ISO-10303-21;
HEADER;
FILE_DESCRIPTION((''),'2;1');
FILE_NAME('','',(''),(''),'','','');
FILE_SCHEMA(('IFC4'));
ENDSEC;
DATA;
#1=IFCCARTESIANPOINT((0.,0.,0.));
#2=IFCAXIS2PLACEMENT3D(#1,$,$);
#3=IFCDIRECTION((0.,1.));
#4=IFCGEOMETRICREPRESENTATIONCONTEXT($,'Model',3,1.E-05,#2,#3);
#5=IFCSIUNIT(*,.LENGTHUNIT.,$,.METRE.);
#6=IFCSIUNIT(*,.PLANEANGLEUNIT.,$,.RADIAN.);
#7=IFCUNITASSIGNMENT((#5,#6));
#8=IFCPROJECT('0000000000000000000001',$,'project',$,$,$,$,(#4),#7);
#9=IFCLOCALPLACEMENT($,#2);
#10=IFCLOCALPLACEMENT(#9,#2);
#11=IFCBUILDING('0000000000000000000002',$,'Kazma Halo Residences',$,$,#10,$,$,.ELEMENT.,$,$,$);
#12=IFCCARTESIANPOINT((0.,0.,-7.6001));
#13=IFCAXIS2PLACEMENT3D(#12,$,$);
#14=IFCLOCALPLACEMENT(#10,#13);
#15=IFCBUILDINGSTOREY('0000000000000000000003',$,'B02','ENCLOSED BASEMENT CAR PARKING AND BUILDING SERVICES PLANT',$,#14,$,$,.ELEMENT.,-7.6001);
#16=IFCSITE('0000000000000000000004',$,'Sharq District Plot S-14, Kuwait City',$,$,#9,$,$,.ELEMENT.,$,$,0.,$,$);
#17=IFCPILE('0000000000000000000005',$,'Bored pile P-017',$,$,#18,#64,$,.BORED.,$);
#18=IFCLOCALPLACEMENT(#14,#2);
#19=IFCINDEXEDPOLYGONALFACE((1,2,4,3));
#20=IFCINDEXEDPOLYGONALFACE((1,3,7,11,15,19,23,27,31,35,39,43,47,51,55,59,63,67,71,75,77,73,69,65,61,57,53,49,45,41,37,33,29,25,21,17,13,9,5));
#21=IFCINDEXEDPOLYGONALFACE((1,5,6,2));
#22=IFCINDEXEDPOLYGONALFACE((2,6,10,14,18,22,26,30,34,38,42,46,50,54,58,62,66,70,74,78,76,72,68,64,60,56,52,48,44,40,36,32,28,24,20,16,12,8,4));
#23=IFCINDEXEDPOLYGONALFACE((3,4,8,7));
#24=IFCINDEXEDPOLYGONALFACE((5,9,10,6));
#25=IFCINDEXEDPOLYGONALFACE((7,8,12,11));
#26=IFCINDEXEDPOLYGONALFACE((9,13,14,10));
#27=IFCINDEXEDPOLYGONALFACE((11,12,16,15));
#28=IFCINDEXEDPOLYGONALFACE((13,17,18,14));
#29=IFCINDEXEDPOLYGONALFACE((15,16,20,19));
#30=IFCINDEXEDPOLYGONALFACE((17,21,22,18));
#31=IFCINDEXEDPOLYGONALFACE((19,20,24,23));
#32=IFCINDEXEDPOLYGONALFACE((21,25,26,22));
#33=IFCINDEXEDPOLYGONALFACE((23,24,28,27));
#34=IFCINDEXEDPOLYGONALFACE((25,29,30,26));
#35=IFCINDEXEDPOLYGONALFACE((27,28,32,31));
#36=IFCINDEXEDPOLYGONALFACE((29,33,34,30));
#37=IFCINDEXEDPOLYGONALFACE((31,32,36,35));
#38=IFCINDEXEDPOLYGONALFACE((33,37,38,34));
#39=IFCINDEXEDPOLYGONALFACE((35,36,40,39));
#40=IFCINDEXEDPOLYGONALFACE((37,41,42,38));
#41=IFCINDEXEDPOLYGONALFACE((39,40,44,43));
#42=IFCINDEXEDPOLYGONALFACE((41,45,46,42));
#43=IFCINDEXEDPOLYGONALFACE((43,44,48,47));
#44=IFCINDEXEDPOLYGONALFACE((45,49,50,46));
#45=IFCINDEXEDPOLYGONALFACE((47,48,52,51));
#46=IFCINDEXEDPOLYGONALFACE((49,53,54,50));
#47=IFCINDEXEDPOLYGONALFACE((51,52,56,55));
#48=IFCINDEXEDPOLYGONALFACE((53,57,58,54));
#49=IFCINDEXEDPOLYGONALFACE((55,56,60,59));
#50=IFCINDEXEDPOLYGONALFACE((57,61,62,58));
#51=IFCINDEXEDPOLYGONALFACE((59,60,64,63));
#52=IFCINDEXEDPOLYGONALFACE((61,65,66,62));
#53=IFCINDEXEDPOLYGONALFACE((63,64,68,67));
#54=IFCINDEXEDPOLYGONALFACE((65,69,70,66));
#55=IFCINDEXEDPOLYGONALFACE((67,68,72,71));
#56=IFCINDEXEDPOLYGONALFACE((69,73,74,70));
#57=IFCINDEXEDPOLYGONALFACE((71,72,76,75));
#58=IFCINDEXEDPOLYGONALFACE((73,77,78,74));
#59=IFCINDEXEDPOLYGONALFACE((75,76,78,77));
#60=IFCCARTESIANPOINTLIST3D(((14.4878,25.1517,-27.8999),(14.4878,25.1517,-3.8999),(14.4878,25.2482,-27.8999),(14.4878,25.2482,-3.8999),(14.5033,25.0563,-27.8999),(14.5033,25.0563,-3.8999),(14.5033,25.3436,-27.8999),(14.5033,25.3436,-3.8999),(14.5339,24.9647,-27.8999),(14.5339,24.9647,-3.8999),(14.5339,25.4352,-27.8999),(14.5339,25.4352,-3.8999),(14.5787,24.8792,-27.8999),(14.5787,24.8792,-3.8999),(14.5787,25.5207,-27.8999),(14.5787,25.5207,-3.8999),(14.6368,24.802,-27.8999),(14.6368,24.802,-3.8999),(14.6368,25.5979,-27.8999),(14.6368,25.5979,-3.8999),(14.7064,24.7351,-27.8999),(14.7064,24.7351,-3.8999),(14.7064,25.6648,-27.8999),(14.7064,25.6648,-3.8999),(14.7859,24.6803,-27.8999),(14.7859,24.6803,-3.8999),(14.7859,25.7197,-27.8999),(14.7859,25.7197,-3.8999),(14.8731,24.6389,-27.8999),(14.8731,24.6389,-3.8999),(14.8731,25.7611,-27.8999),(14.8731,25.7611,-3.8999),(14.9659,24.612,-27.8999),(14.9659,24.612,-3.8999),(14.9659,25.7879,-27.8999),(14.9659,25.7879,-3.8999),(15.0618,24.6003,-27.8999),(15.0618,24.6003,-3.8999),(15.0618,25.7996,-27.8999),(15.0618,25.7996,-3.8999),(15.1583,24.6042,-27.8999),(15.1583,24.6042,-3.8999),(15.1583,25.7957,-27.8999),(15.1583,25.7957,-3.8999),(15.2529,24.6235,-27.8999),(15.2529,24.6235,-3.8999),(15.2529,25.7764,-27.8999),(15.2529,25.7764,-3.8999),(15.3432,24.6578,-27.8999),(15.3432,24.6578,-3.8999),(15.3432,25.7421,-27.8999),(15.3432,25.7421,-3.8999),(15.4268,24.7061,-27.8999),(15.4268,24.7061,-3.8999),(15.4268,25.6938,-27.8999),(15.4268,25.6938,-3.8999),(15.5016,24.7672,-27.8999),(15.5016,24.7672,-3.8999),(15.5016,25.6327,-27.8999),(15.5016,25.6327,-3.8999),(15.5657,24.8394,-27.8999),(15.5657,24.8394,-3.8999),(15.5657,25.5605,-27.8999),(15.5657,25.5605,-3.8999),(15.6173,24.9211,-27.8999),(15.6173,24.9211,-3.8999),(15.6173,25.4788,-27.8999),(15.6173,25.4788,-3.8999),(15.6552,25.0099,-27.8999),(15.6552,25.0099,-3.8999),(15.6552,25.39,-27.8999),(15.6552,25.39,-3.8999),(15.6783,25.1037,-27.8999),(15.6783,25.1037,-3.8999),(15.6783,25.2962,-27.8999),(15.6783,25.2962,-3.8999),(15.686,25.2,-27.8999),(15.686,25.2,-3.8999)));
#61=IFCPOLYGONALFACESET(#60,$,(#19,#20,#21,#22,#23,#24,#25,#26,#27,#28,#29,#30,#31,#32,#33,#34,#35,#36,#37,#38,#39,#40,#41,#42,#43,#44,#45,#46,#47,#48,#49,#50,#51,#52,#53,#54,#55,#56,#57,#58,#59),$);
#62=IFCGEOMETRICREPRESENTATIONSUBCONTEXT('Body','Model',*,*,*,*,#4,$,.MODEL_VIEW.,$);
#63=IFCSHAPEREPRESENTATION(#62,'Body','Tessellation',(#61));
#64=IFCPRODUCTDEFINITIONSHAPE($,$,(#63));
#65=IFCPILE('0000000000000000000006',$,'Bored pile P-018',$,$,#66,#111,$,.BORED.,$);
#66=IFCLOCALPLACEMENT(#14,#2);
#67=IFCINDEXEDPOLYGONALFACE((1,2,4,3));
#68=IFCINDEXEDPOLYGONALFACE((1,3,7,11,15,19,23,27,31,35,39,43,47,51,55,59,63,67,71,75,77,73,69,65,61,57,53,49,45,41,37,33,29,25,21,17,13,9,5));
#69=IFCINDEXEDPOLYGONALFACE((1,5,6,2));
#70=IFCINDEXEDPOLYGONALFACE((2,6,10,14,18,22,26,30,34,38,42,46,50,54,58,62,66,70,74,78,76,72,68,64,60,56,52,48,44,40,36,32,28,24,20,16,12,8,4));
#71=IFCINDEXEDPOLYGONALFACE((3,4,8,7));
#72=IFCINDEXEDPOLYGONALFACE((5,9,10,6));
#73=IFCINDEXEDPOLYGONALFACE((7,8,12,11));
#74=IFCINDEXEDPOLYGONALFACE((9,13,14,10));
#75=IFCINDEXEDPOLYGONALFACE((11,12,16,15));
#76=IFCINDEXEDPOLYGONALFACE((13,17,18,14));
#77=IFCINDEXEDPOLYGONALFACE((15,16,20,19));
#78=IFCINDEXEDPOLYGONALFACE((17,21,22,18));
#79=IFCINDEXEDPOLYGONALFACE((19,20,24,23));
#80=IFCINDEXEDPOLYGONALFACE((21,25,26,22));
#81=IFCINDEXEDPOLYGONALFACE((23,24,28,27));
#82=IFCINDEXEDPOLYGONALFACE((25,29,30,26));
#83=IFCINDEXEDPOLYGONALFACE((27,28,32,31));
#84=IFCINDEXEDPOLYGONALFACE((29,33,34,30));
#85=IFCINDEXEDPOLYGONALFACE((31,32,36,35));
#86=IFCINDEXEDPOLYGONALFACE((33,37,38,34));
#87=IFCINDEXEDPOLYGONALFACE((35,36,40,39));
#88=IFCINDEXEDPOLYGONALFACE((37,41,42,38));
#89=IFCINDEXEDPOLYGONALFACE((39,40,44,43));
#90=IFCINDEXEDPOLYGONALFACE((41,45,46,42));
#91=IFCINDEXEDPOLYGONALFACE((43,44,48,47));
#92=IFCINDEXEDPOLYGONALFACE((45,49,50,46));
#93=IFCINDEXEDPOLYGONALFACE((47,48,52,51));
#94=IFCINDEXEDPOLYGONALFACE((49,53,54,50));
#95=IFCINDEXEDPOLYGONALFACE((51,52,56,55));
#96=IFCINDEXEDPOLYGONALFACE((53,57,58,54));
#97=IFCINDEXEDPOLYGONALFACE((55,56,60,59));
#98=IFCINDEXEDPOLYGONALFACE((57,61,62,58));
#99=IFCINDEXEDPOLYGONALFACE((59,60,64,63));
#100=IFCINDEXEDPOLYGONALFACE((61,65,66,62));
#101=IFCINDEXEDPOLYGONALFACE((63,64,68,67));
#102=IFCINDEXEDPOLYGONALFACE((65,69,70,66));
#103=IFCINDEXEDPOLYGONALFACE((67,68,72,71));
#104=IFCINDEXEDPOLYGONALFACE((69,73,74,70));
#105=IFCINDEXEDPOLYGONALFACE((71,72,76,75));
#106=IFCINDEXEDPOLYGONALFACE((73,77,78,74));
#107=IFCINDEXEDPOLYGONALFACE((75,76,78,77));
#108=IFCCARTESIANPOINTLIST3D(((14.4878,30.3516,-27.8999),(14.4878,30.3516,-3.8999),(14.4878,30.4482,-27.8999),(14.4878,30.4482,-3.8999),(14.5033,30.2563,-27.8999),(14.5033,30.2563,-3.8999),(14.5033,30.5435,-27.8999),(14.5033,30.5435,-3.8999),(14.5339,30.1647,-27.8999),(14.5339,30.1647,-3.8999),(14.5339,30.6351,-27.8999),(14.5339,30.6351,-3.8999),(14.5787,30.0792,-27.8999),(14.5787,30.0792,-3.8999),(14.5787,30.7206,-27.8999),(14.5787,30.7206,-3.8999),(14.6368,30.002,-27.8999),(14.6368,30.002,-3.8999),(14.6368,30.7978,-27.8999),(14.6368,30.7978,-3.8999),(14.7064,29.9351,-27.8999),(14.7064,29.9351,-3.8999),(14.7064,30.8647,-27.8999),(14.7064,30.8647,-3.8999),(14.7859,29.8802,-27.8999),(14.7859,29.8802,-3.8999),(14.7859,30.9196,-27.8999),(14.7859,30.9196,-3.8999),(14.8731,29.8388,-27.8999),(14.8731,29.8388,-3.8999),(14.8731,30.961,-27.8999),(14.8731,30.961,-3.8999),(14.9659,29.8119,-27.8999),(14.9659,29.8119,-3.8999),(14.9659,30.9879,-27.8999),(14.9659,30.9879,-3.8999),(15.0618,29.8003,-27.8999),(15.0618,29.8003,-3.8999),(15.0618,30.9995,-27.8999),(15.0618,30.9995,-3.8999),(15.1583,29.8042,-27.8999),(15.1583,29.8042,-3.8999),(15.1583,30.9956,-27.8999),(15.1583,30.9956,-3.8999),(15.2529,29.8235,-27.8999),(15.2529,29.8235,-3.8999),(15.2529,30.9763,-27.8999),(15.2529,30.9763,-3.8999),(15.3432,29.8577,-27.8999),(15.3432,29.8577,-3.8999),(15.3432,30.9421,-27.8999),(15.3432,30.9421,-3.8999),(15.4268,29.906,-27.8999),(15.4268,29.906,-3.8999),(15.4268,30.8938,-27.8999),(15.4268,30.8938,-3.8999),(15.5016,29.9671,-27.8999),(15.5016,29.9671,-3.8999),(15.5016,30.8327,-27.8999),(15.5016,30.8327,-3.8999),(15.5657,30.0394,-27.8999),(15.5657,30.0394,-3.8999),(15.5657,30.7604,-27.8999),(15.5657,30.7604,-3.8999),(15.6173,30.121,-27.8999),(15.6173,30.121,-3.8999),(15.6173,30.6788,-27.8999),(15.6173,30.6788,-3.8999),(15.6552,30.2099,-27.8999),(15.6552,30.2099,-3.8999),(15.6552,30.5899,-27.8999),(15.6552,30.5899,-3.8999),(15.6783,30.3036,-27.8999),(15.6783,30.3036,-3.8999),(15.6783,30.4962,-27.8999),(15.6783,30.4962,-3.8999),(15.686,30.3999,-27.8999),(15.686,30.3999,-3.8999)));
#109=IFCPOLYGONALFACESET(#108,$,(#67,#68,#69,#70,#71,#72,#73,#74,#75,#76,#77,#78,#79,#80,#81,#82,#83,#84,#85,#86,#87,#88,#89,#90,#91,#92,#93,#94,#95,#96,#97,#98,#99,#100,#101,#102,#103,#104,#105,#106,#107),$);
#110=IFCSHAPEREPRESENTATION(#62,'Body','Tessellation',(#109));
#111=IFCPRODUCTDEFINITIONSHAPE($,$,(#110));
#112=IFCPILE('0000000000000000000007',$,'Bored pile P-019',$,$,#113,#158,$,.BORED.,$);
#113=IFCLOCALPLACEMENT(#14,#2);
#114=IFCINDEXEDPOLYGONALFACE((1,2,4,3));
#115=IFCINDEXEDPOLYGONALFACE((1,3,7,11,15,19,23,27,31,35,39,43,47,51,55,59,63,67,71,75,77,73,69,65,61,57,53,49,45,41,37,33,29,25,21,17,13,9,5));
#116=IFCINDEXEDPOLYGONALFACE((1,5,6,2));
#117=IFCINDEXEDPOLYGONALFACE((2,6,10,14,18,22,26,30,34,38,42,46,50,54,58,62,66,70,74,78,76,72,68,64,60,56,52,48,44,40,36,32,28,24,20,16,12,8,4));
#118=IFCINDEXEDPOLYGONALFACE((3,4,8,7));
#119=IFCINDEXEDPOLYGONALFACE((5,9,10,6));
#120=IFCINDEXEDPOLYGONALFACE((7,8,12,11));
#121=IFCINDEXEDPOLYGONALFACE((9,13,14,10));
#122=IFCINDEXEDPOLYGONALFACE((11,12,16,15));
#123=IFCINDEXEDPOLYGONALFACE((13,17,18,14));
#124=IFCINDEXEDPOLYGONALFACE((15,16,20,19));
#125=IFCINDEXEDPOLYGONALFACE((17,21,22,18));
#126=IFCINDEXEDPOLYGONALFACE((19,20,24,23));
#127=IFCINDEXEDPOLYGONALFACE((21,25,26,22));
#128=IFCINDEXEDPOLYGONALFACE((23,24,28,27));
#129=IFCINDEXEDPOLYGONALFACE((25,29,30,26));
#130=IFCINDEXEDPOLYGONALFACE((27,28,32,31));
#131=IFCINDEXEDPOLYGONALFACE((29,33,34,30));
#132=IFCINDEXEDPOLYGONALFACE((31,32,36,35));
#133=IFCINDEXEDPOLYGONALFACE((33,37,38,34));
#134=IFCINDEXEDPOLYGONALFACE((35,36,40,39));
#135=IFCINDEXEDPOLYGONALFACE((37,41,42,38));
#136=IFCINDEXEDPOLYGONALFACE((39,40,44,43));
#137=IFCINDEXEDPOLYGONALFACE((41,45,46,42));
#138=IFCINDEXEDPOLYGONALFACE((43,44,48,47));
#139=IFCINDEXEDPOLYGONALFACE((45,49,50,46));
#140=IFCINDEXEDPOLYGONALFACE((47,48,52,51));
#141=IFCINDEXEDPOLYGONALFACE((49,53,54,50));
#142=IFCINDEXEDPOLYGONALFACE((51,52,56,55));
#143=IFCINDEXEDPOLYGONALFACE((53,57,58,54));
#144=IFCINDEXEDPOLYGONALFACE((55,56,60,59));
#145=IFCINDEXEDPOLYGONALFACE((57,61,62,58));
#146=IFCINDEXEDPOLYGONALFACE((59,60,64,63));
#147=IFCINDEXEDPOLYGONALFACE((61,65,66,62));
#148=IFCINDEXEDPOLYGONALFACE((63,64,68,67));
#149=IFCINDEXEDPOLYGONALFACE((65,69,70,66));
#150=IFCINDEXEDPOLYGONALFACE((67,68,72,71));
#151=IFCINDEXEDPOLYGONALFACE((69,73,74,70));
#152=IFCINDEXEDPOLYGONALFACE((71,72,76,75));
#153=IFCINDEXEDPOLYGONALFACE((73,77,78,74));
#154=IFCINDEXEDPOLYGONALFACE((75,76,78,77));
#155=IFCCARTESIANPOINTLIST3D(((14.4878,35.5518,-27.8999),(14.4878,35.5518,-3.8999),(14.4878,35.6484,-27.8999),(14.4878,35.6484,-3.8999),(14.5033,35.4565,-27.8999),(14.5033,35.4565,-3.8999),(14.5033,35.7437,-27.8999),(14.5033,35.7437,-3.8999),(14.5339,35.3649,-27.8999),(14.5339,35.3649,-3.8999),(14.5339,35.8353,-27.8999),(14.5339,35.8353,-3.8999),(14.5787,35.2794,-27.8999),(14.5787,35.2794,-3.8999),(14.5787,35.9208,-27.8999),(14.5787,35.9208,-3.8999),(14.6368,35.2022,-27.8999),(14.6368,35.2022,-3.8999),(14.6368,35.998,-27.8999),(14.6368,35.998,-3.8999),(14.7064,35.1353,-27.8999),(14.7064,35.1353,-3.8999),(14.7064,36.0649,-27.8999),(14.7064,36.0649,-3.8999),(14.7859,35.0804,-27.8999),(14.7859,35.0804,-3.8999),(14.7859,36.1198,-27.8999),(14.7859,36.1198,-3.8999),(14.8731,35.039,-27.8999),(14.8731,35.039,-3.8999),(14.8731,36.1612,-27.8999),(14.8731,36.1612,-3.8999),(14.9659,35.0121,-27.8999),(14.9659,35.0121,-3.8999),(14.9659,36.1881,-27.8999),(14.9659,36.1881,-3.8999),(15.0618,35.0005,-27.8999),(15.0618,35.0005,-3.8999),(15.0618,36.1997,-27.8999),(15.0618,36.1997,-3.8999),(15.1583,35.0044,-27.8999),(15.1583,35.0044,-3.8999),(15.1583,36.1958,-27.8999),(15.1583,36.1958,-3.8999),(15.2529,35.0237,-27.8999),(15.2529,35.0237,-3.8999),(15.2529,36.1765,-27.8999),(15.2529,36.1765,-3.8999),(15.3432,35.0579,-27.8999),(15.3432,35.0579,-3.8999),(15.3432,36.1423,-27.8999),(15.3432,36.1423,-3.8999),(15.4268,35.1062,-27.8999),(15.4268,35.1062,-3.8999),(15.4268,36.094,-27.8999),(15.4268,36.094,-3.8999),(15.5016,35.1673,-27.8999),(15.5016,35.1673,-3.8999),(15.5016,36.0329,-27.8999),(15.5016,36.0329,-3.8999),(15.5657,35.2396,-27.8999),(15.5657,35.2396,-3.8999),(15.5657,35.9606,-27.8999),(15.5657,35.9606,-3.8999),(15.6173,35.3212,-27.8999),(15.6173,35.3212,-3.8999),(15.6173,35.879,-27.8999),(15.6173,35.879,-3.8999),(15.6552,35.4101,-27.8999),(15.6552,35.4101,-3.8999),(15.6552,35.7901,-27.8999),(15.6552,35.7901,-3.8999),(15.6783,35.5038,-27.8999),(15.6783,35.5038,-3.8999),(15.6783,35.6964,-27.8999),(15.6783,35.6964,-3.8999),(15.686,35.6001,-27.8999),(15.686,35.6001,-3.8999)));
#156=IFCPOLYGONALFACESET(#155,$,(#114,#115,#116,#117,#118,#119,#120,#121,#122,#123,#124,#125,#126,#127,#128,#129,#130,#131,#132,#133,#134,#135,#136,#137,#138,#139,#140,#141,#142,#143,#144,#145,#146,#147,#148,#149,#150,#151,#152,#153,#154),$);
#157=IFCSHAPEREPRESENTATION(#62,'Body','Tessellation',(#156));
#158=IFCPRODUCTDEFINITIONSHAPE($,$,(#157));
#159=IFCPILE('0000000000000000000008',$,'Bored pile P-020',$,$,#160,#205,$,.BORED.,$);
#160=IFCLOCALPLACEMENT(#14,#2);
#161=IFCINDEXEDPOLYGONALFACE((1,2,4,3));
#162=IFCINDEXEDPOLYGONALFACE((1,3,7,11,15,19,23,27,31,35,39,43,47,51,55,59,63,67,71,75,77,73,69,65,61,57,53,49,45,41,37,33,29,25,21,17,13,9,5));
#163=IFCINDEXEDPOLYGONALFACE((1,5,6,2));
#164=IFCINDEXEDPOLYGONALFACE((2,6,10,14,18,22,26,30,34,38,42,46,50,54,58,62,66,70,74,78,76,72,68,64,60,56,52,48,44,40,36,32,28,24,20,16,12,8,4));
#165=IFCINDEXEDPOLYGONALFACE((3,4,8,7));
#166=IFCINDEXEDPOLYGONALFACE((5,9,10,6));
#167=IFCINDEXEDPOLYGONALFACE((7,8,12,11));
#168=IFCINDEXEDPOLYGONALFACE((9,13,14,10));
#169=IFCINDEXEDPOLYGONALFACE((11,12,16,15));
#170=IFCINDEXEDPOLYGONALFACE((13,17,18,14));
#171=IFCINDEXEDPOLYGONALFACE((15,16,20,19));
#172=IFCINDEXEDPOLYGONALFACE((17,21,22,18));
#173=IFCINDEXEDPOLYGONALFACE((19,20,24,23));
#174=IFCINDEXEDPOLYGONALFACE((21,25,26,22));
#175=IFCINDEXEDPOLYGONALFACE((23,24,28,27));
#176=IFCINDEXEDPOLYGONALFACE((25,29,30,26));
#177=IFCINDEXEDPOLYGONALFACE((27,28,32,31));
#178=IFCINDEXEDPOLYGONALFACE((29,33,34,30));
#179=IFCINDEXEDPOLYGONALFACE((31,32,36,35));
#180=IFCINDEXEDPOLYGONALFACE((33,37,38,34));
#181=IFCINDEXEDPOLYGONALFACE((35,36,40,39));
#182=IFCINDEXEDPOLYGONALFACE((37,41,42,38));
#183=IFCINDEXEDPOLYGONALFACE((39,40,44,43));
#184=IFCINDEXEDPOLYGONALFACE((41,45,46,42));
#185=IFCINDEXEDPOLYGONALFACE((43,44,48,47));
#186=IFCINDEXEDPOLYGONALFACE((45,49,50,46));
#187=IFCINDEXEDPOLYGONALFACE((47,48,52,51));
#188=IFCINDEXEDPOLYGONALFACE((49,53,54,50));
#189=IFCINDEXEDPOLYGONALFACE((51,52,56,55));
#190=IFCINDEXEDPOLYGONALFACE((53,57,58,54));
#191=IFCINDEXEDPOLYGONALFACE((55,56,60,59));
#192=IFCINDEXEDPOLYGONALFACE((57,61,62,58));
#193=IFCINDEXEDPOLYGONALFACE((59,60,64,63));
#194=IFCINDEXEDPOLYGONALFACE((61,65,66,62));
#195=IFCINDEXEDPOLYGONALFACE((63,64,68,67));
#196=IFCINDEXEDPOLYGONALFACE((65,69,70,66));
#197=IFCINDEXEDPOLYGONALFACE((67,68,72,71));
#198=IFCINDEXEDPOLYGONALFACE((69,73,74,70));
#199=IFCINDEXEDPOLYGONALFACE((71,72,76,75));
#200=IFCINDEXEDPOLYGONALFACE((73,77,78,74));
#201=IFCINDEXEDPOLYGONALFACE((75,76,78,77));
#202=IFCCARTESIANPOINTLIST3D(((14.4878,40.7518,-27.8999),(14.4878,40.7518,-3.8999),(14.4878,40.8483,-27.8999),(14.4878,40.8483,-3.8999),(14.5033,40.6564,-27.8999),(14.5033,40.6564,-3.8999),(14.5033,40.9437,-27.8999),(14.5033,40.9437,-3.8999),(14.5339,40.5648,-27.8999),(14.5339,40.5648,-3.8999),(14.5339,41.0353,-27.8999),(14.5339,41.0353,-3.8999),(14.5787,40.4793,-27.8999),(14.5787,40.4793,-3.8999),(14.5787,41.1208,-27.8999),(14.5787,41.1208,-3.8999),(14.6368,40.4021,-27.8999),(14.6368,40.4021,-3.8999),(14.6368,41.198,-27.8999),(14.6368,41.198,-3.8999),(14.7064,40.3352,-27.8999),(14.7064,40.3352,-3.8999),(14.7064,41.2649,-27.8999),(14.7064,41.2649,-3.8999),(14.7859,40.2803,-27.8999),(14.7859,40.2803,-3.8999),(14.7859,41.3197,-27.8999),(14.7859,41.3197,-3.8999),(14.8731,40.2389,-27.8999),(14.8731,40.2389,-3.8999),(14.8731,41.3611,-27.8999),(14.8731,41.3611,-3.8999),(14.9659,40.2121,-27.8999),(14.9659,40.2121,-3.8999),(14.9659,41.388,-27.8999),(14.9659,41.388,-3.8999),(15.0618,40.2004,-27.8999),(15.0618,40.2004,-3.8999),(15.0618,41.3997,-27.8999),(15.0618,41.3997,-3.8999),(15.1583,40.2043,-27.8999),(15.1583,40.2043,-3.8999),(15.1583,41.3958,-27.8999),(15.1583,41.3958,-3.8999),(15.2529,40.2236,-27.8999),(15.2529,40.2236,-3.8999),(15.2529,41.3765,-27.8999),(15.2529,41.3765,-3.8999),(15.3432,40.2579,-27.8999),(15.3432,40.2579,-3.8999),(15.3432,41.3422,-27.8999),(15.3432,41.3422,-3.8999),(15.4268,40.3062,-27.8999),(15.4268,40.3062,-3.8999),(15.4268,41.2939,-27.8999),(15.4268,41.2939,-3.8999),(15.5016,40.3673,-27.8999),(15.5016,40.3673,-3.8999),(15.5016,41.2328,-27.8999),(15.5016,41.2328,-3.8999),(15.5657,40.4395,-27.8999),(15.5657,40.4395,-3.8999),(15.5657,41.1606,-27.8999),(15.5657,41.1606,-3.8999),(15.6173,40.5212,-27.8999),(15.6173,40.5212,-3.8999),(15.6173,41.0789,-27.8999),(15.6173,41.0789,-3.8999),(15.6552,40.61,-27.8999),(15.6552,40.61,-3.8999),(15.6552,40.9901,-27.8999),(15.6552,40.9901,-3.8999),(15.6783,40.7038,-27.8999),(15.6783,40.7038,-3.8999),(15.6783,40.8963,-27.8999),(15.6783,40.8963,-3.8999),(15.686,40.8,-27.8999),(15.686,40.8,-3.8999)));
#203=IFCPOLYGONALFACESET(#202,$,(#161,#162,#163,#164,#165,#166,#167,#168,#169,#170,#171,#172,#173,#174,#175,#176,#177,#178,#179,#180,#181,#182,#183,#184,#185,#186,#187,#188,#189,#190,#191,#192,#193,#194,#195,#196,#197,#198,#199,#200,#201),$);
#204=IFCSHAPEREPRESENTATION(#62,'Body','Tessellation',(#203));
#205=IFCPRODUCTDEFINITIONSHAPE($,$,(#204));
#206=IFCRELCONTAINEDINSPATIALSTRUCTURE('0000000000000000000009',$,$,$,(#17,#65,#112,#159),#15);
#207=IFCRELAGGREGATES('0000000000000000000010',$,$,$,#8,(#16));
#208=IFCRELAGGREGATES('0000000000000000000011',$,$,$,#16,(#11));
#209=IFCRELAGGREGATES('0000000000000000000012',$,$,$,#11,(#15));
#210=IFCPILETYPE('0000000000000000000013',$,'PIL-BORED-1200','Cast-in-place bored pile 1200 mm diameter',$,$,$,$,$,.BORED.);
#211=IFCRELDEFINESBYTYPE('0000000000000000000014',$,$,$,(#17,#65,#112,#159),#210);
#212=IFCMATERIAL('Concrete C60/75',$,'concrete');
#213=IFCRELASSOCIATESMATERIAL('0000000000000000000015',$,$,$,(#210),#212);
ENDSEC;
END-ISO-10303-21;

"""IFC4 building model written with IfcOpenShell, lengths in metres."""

from ifc_helpers import new_model, si_unit, direction, frame, origin, origin_2d, place, context, subcontext, project, spatial, circle, extrude, material, material_profile, profile_set, type_object, element, save


model = new_model("IFC4")

# Units and contexts
model_context = context("Model", 3, precision=1e-05, world=origin(), true_north=direction((0.0, 1.0)))
body_context = subcontext(model_context, "Body", "Model", "MODEL_VIEW")
ifc_project = project(units=[si_unit("LENGTHUNIT", "METRE"), si_unit("PLANEANGLEUNIT", "RADIAN")], contexts=[model_context])

# Site, building, storey
site_placement = place(None, origin())
site = spatial("IfcSite", under=ifc_project, at=site_placement, Name="Sharq District Plot S-14, Kuwait City", CompositionType="ELEMENT", RefElevation=0.0)
building_placement = place(site_placement, origin())
building = spatial("IfcBuilding", under=site, at=building_placement, Name="Kazma Halo Residences", CompositionType="ELEMENT")
storey_placement = place(building_placement, frame((0.0, 0.0, -7.6001)))
storey = spatial("IfcBuildingStorey", under=building, at=storey_placement, Name="B02", Description="ENCLOSED BASEMENT CAR PARKING AND BUILDING SERVICES PLANT", CompositionType="ELEMENT", Elevation=-7.6001)

# Piles
ifc_material_1 = material(Name="Concrete C60/75", Category="concrete")
ifc_material_profile_1 = material_profile(ifc_material_1, circle(Radius=0.6001, at=origin_2d()), Name="CIRC1200")
ifc_profile_set_1 = profile_set([ifc_material_profile_1], Name="Concrete C60/75")
pile_type = type_object("IfcPileType", Name="PIL-BORED-1200", Description="Cast-in-place bored pile 1200 mm diameter", PredefinedType="BORED", material=ifc_profile_set_1)
for number, where, z_axis, x_axis, name in (
    (1, (15.0859, 25.2, -3.8999), (0.0, 0.0, -1.0), (1.0, 0.0, 0.0), "Bored pile P-017"),
    (2, (15.0859, 30.3999, -3.8999), (0.0, 0.0, -1.0), (1.0, 0.0, 0.0), "Bored pile P-018"),
    (3, (15.0859, 35.6001, -3.8999), (0.0, 0.0, -1.0), (1.0, 0.0, 0.0), "Bored pile P-019"),
    (4, (15.0859, 40.8, -3.8999), (0.0, 0.0, -1.0), (1.0, 0.0, 0.0), "Bored pile P-020"),
):
    element("IfcPile", number, at=place(storey_placement, frame(where, z_axis=z_axis, x_axis=x_axis)), inside=storey, type_object=pile_type, Name=name, PredefinedType="BORED", context=body_context, shape_type="SweptSolid", body=[
        extrude(circle(Radius=0.6001, at=origin_2d()), origin(), (0.0, 0.0, 1.0), 24.0),
    ])

save(model, "model.ifc")
